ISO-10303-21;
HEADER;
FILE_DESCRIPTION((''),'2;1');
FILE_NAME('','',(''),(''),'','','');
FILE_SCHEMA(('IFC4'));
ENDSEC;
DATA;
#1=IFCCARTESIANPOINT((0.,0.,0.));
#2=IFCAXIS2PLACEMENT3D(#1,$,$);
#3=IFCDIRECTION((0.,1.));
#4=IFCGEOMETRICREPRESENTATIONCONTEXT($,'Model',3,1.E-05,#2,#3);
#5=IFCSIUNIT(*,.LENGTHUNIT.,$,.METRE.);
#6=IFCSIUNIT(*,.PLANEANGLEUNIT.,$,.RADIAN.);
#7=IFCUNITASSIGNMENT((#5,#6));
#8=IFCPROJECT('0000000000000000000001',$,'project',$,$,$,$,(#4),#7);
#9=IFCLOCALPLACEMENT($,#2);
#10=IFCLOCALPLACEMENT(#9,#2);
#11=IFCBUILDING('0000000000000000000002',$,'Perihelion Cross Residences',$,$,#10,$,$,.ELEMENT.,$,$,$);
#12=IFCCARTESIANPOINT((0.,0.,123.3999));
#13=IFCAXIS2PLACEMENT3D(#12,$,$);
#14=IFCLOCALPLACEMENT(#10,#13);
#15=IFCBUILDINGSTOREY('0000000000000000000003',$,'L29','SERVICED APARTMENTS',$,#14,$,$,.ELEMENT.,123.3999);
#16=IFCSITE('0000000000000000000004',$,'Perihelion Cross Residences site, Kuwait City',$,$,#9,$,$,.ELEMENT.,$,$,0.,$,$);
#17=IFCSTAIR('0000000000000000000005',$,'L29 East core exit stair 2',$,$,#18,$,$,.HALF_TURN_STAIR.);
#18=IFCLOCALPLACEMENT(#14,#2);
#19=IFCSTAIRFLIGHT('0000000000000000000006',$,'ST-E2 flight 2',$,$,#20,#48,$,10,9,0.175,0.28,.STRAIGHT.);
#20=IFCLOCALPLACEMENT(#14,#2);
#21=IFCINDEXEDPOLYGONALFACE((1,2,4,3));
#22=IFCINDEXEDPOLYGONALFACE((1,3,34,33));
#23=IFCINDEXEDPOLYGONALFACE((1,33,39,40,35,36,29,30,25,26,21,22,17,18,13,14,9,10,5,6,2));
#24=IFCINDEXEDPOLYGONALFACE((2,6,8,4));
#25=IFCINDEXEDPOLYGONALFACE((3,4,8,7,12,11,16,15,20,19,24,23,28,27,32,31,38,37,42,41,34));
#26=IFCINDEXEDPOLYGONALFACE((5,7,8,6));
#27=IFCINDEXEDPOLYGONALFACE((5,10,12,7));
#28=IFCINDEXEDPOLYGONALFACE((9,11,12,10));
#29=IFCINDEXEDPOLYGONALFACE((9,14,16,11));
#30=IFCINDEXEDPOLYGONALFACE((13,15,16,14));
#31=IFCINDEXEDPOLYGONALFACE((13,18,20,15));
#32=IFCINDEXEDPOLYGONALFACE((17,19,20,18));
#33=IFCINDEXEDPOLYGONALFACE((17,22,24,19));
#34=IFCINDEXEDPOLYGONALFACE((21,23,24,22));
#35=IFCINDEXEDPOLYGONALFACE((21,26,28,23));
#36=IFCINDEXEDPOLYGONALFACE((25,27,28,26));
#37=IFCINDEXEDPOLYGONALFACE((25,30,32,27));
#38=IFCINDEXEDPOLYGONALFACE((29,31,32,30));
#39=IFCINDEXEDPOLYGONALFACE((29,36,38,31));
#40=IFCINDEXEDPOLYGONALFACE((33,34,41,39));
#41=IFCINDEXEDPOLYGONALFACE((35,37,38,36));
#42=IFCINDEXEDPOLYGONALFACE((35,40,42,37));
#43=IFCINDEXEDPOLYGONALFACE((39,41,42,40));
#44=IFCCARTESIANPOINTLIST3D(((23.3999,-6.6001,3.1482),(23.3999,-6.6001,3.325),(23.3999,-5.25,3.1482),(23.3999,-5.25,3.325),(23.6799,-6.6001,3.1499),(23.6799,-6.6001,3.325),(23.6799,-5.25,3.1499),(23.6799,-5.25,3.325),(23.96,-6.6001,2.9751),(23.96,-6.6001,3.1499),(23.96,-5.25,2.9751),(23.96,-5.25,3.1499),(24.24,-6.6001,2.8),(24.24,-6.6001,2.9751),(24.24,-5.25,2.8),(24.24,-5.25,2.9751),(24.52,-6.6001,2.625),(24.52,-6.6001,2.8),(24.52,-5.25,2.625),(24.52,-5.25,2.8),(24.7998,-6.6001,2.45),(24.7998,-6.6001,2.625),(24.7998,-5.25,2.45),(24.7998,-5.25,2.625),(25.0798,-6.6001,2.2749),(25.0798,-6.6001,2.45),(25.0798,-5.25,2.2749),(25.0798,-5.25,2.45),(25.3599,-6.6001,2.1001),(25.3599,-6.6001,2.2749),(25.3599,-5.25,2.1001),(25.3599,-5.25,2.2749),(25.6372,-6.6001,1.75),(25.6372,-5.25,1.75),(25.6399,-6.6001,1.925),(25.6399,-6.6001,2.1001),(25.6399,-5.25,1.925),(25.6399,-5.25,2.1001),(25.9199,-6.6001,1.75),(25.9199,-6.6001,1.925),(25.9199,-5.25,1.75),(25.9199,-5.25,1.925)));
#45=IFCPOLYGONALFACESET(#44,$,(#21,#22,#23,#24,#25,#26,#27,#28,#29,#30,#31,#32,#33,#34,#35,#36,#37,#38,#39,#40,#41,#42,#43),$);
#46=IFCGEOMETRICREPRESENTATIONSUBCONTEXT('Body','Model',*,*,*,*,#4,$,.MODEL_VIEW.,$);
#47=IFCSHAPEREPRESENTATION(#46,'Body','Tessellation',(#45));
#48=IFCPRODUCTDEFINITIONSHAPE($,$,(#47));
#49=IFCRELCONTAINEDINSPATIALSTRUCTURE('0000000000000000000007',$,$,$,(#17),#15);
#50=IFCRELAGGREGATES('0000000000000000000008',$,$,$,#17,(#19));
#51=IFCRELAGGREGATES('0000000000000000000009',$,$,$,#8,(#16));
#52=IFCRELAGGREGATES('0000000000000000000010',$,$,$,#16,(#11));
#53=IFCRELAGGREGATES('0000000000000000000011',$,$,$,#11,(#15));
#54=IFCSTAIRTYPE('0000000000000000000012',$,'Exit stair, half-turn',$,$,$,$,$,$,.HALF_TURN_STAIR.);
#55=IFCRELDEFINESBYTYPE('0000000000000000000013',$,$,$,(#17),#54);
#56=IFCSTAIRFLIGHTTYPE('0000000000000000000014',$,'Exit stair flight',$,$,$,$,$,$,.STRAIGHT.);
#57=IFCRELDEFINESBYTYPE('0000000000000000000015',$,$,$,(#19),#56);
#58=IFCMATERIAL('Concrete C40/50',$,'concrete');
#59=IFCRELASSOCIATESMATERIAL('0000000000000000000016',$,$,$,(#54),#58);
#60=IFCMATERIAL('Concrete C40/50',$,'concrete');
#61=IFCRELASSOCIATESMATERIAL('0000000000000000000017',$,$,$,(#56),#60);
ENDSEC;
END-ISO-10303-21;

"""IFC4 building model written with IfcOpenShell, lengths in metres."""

from ifc_helpers import new_model, si_unit, direction, frame, origin, place, context, subcontext, project, spatial, polyline, outline, extrude, material, type_object, element, aggregate, save


model = new_model("IFC4")

# Units and contexts
model_context = context("Model", 3, precision=1e-05, world=origin(), true_north=direction((0.0, 1.0)))
body_context = subcontext(model_context, "Body", "Model", "MODEL_VIEW")
ifc_project = project(units=[si_unit("LENGTHUNIT", "METRE"), si_unit("PLANEANGLEUNIT", "RADIAN")], contexts=[model_context])

# Site, building, storey
site_placement = place(None, origin())
site = spatial("IfcSite", under=ifc_project, at=site_placement, Name="Perihelion Cross Residences site, Kuwait City", CompositionType="ELEMENT", RefElevation=0.0)
building_placement = place(site_placement, origin())
building = spatial("IfcBuilding", under=site, at=building_placement, Name="Perihelion Cross Residences", CompositionType="ELEMENT")
storey_placement = place(building_placement, frame((0.0, 0.0, 123.3999)))
storey = spatial("IfcBuildingStorey", under=building, at=storey_placement, Name="L29", Description="SERVICED APARTMENTS", CompositionType="ELEMENT", Elevation=123.3999)

# Stair, stair flight
ifc_material_1 = material(Name="Concrete C40/50", Category="concrete")
stair_type = type_object("IfcStairType", Name="Exit stair, half-turn", PredefinedType="HALF_TURN_STAIR", material=ifc_material_1)
stair_placement = place(storey_placement, origin())
stair = element("IfcStair", 1, at=stair_placement, inside=storey, type_object=stair_type, Name="L29 East core exit stair 2", PredefinedType="HALF_TURN_STAIR")
ifc_material_2 = material(Name="Concrete C40/50", Category="concrete")
stair_flight_type = type_object("IfcStairFlightType", Name="Exit stair flight", PredefinedType="STRAIGHT", material=ifc_material_2)
stair_flight_placement = place(storey_placement, frame((25.9199, -5.925, 1.75), z_axis=(0.0, 0.0, 1.0), x_axis=(-1.0, 0.0, 0.0)))
stair_flight = element("IfcStairFlight", 2, at=stair_flight_placement, type_object=stair_flight_type, Name="ST-E2 flight 2", NumberOfRisers=10, NumberOfTreads=9, PredefinedType="STRAIGHT", RiserHeight=0.175, TreadLength=0.28, context=body_context, shape_type="SweptSolid", body=[
    extrude(outline(polyline([(0.0, 0.0), (0.0, 0.175), (0.28, 0.175), (0.28, 0.3501), (0.5601, 0.3501), (0.5601, 0.5249), (0.8401, 0.5249), (0.8401, 0.7), (1.1201, 0.7), (1.1201, 0.875), (1.3999, 0.875), (1.3999, 1.05), (1.6799, 1.05), (1.6799, 1.2251), (1.96, 1.2251), (1.96, 1.3999), (2.24, 1.3999), (2.24, 1.575), (2.52, 1.575), (2.52, 1.75), (2.52, 1.3982), (0.2827, 0.0), (0.0, 0.0)])), frame((0.0, 0.675, 0.0), z_axis=(0.0, -1.0, 0.0), x_axis=(1.0, 0.0, 0.0)), (0.0, 0.0, 1.0), 1.3501),
])
aggregate(stair, [stair_flight])

save(model, "model.ifc")
